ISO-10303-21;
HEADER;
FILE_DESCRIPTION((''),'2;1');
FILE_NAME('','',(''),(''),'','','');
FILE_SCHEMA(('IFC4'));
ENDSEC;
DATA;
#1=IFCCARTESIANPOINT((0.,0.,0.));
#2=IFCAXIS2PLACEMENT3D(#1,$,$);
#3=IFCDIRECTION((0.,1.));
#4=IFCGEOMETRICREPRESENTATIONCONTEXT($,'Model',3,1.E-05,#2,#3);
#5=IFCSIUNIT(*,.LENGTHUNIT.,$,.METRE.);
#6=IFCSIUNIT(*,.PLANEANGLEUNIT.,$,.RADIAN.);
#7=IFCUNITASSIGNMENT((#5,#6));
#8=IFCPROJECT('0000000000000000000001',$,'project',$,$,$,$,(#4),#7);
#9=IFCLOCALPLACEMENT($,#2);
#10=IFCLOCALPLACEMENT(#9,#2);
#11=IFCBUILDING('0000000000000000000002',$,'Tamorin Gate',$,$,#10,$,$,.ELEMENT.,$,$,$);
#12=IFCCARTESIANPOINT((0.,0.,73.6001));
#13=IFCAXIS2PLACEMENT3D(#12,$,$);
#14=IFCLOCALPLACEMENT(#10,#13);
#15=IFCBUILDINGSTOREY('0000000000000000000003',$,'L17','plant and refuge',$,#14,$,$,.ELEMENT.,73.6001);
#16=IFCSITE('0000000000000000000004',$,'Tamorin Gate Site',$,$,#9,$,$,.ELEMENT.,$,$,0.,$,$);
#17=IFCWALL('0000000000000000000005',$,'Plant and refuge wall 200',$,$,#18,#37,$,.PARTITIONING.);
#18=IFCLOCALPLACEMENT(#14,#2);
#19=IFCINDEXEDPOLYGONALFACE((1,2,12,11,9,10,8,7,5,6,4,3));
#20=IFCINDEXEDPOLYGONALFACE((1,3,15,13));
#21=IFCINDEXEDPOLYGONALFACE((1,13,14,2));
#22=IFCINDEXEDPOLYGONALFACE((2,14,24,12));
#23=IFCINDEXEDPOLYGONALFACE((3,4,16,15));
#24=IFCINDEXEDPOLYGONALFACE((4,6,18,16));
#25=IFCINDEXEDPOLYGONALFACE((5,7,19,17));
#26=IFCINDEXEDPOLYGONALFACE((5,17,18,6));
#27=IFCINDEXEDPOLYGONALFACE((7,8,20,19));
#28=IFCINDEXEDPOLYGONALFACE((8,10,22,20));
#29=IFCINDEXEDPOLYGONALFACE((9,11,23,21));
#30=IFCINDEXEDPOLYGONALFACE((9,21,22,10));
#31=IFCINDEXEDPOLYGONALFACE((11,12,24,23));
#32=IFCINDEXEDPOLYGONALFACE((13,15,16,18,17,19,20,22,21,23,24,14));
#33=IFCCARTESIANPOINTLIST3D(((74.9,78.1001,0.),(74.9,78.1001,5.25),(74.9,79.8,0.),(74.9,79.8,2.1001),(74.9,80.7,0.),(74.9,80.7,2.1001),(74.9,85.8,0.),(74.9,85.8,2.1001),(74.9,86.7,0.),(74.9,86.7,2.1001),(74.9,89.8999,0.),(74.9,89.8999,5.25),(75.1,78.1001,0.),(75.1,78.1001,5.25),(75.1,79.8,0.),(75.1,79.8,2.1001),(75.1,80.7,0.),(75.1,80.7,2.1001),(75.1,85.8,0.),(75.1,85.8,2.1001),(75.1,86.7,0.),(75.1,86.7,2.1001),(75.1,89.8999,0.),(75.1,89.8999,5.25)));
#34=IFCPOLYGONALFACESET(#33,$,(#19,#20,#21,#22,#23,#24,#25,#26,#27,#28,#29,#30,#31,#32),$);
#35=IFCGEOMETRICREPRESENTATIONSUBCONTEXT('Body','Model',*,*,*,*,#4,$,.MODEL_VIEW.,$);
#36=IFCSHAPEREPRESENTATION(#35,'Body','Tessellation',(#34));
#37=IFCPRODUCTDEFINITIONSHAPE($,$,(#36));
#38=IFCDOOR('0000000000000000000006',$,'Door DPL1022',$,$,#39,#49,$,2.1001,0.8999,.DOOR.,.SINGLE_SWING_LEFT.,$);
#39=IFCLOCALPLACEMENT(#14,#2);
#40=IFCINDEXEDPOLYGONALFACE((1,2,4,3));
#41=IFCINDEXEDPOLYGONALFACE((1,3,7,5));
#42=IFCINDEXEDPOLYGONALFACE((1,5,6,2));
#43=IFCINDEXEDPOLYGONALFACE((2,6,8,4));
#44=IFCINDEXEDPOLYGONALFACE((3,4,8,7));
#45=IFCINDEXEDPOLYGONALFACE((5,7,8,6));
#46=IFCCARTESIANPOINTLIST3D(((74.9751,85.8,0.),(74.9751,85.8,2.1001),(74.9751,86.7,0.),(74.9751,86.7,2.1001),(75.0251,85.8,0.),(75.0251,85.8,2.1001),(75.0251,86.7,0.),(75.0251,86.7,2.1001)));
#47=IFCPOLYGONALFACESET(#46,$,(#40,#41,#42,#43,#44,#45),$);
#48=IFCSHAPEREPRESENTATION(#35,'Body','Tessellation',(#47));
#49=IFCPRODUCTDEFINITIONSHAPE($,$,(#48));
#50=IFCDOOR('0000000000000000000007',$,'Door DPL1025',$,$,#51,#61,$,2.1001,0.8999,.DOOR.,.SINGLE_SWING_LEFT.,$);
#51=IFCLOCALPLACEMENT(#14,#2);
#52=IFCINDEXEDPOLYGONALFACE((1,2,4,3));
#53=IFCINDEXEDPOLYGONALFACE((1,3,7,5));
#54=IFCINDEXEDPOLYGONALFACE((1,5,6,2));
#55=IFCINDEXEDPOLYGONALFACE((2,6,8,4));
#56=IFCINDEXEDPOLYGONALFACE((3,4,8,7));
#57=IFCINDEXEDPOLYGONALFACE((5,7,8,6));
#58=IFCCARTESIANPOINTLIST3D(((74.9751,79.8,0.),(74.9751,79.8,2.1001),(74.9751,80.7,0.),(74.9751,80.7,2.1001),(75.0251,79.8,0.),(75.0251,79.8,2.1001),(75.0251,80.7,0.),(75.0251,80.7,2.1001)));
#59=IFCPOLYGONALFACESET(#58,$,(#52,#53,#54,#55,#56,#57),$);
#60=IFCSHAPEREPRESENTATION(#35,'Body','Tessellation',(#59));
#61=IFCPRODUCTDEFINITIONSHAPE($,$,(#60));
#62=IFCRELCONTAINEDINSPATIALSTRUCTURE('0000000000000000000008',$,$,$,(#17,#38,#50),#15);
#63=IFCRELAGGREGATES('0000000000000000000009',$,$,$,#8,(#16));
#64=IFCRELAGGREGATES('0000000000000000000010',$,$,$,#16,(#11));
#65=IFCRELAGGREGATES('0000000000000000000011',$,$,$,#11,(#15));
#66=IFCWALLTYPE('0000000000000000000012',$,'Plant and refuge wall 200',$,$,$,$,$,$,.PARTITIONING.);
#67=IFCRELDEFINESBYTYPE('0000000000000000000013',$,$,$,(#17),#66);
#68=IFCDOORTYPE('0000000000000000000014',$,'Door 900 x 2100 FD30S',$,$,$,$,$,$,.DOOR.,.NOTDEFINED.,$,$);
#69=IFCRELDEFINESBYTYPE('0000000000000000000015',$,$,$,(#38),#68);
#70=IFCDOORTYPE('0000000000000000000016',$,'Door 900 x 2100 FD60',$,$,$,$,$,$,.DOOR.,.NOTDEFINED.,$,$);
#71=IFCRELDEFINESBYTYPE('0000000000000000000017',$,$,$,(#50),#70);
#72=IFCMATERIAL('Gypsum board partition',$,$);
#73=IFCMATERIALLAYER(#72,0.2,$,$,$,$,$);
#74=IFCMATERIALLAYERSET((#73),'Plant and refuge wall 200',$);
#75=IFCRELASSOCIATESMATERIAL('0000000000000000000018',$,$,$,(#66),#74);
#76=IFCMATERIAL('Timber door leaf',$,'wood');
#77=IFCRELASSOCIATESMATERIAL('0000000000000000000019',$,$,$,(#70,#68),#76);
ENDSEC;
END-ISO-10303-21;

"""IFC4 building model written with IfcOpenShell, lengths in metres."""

from ifc_helpers import new_model, si_unit, direction, frame, frame_2d, origin, place, context, subcontext, project, spatial, rectangle, extrude, material, layer, layer_set, type_object, element, fill, save


model = new_model("IFC4")

# Units and contexts
model_context = context("Model", 3, precision=1e-05, world=origin(), true_north=direction((0.0, 1.0)))
body_context = subcontext(model_context, "Body", "Model", "MODEL_VIEW")
ifc_project = project(units=[si_unit("LENGTHUNIT", "METRE"), si_unit("PLANEANGLEUNIT", "RADIAN")], contexts=[model_context])

# Site, building, storey
site_placement = place(None, origin())
site = spatial("IfcSite", under=ifc_project, at=site_placement, Name="Tamorin Gate Site", CompositionType="ELEMENT", RefElevation=0.0)
building_placement = place(site_placement, origin())
building = spatial("IfcBuilding", under=site, at=building_placement, Name="Tamorin Gate", CompositionType="ELEMENT")
storey_placement = place(building_placement, frame((0.0, 0.0, 73.6001)))
storey = spatial("IfcBuildingStorey", under=building, at=storey_placement, Name="L17", Description="plant and refuge", CompositionType="ELEMENT", Elevation=73.6001)

# Shared definitions
ifc_material_1 = material(Name="Gypsum board partition")
ifc_layer = layer(ifc_material_1, 0.2)
ifc_layer_set = layer_set([ifc_layer], Name="Plant and refuge wall 200")
wall_type = type_object("IfcWallType", Name="Plant and refuge wall 200", PredefinedType="PARTITIONING", material=ifc_layer_set)

# Shared definitions
ifc_material_2 = material(Name="Timber door leaf", Category="wood")
door_type_1 = type_object("IfcDoorType", Name="Door 900 x 2100 FD60", OperationType="NOTDEFINED", PredefinedType="DOOR", material=ifc_material_2)

# Wall, openings, doors
wall_1_placement = place(storey_placement, frame((75.0, 78.1001, 0.0), z_axis=(0.0, 0.0, 1.0), x_axis=(0.0, 1.0, 0.0)))
wall_1 = element("IfcWall", 1, at=wall_1_placement, inside=storey, type_object=wall_type, Name="Plant and refuge wall 200", PredefinedType="PARTITIONING", context=body_context, shape_type="SweptSolid", body=[
    extrude(rectangle(XDim=11.7998, YDim=0.2, at=frame_2d((5.8999, 0.0))), origin(), (0.0, 0.0, 1.0), 5.25),
])
opening_1_placement = place(wall_1_placement, frame((7.7, 0.0, 0.0)))
opening_1 = element("IfcOpeningElement", 2, at=opening_1_placement, cuts=wall_1, PredefinedType="OPENING", context=body_context, shape_type="SweptSolid", body=[
    extrude(rectangle(XDim=0.8999, YDim=2.1001, at=frame_2d((0.45, 1.05))), frame((0.0, 0.1099, 0.0), z_axis=(0.0, -1.0, 0.0), x_axis=(1.0, 0.0, 0.0)), (0.0, 0.0, 1.0), 0.22),
])
opening_2_placement = place(wall_1_placement, frame((1.7, 0.0, 0.0)))
opening_2 = element("IfcOpeningElement", 3, at=opening_2_placement, cuts=wall_1, PredefinedType="OPENING", context=body_context, shape_type="SweptSolid", body=[
    extrude(rectangle(XDim=0.8999, YDim=2.1001, at=frame_2d((0.45, 1.05))), frame((0.0, 0.1099, 0.0), z_axis=(0.0, -1.0, 0.0), x_axis=(1.0, 0.0, 0.0)), (0.0, 0.0, 1.0), 0.22),
])
door_type_2 = type_object("IfcDoorType", Name="Door 900 x 2100 FD30S", OperationType="NOTDEFINED", PredefinedType="DOOR", material=ifc_material_2)
door_1_placement = place(opening_1_placement, origin())
door_1 = element("IfcDoor", 4, at=door_1_placement, inside=storey, type_object=door_type_2, Name="Door DPL1022", OperationType="SINGLE_SWING_LEFT", OverallHeight=2.1001, OverallWidth=0.8999, PredefinedType="DOOR", context=body_context, shape_type="SweptSolid", body=[
    extrude(rectangle(XDim=0.8999, YDim=2.1001, at=frame_2d((0.45, 1.05))), frame((0.0, 0.0249, 0.0), z_axis=(0.0, -1.0, 0.0), x_axis=(1.0, 0.0, 0.0)), (0.0, 0.0, 1.0), 0.05),
])
fill(opening_1, door_1)
door_2_placement = place(opening_2_placement, origin())
door_2 = element("IfcDoor", 5, at=door_2_placement, inside=storey, type_object=door_type_1, Name="Door DPL1025", OperationType="SINGLE_SWING_LEFT", OverallHeight=2.1001, OverallWidth=0.8999, PredefinedType="DOOR", context=body_context, shape_type="SweptSolid", body=[
    extrude(rectangle(XDim=0.8999, YDim=2.1001, at=frame_2d((0.45, 1.05))), frame((0.0, 0.0249, 0.0), z_axis=(0.0, -1.0, 0.0), x_axis=(1.0, 0.0, 0.0)), (0.0, 0.0, 1.0), 0.05),
])
fill(opening_2, door_2)

save(model, "model.ifc")
